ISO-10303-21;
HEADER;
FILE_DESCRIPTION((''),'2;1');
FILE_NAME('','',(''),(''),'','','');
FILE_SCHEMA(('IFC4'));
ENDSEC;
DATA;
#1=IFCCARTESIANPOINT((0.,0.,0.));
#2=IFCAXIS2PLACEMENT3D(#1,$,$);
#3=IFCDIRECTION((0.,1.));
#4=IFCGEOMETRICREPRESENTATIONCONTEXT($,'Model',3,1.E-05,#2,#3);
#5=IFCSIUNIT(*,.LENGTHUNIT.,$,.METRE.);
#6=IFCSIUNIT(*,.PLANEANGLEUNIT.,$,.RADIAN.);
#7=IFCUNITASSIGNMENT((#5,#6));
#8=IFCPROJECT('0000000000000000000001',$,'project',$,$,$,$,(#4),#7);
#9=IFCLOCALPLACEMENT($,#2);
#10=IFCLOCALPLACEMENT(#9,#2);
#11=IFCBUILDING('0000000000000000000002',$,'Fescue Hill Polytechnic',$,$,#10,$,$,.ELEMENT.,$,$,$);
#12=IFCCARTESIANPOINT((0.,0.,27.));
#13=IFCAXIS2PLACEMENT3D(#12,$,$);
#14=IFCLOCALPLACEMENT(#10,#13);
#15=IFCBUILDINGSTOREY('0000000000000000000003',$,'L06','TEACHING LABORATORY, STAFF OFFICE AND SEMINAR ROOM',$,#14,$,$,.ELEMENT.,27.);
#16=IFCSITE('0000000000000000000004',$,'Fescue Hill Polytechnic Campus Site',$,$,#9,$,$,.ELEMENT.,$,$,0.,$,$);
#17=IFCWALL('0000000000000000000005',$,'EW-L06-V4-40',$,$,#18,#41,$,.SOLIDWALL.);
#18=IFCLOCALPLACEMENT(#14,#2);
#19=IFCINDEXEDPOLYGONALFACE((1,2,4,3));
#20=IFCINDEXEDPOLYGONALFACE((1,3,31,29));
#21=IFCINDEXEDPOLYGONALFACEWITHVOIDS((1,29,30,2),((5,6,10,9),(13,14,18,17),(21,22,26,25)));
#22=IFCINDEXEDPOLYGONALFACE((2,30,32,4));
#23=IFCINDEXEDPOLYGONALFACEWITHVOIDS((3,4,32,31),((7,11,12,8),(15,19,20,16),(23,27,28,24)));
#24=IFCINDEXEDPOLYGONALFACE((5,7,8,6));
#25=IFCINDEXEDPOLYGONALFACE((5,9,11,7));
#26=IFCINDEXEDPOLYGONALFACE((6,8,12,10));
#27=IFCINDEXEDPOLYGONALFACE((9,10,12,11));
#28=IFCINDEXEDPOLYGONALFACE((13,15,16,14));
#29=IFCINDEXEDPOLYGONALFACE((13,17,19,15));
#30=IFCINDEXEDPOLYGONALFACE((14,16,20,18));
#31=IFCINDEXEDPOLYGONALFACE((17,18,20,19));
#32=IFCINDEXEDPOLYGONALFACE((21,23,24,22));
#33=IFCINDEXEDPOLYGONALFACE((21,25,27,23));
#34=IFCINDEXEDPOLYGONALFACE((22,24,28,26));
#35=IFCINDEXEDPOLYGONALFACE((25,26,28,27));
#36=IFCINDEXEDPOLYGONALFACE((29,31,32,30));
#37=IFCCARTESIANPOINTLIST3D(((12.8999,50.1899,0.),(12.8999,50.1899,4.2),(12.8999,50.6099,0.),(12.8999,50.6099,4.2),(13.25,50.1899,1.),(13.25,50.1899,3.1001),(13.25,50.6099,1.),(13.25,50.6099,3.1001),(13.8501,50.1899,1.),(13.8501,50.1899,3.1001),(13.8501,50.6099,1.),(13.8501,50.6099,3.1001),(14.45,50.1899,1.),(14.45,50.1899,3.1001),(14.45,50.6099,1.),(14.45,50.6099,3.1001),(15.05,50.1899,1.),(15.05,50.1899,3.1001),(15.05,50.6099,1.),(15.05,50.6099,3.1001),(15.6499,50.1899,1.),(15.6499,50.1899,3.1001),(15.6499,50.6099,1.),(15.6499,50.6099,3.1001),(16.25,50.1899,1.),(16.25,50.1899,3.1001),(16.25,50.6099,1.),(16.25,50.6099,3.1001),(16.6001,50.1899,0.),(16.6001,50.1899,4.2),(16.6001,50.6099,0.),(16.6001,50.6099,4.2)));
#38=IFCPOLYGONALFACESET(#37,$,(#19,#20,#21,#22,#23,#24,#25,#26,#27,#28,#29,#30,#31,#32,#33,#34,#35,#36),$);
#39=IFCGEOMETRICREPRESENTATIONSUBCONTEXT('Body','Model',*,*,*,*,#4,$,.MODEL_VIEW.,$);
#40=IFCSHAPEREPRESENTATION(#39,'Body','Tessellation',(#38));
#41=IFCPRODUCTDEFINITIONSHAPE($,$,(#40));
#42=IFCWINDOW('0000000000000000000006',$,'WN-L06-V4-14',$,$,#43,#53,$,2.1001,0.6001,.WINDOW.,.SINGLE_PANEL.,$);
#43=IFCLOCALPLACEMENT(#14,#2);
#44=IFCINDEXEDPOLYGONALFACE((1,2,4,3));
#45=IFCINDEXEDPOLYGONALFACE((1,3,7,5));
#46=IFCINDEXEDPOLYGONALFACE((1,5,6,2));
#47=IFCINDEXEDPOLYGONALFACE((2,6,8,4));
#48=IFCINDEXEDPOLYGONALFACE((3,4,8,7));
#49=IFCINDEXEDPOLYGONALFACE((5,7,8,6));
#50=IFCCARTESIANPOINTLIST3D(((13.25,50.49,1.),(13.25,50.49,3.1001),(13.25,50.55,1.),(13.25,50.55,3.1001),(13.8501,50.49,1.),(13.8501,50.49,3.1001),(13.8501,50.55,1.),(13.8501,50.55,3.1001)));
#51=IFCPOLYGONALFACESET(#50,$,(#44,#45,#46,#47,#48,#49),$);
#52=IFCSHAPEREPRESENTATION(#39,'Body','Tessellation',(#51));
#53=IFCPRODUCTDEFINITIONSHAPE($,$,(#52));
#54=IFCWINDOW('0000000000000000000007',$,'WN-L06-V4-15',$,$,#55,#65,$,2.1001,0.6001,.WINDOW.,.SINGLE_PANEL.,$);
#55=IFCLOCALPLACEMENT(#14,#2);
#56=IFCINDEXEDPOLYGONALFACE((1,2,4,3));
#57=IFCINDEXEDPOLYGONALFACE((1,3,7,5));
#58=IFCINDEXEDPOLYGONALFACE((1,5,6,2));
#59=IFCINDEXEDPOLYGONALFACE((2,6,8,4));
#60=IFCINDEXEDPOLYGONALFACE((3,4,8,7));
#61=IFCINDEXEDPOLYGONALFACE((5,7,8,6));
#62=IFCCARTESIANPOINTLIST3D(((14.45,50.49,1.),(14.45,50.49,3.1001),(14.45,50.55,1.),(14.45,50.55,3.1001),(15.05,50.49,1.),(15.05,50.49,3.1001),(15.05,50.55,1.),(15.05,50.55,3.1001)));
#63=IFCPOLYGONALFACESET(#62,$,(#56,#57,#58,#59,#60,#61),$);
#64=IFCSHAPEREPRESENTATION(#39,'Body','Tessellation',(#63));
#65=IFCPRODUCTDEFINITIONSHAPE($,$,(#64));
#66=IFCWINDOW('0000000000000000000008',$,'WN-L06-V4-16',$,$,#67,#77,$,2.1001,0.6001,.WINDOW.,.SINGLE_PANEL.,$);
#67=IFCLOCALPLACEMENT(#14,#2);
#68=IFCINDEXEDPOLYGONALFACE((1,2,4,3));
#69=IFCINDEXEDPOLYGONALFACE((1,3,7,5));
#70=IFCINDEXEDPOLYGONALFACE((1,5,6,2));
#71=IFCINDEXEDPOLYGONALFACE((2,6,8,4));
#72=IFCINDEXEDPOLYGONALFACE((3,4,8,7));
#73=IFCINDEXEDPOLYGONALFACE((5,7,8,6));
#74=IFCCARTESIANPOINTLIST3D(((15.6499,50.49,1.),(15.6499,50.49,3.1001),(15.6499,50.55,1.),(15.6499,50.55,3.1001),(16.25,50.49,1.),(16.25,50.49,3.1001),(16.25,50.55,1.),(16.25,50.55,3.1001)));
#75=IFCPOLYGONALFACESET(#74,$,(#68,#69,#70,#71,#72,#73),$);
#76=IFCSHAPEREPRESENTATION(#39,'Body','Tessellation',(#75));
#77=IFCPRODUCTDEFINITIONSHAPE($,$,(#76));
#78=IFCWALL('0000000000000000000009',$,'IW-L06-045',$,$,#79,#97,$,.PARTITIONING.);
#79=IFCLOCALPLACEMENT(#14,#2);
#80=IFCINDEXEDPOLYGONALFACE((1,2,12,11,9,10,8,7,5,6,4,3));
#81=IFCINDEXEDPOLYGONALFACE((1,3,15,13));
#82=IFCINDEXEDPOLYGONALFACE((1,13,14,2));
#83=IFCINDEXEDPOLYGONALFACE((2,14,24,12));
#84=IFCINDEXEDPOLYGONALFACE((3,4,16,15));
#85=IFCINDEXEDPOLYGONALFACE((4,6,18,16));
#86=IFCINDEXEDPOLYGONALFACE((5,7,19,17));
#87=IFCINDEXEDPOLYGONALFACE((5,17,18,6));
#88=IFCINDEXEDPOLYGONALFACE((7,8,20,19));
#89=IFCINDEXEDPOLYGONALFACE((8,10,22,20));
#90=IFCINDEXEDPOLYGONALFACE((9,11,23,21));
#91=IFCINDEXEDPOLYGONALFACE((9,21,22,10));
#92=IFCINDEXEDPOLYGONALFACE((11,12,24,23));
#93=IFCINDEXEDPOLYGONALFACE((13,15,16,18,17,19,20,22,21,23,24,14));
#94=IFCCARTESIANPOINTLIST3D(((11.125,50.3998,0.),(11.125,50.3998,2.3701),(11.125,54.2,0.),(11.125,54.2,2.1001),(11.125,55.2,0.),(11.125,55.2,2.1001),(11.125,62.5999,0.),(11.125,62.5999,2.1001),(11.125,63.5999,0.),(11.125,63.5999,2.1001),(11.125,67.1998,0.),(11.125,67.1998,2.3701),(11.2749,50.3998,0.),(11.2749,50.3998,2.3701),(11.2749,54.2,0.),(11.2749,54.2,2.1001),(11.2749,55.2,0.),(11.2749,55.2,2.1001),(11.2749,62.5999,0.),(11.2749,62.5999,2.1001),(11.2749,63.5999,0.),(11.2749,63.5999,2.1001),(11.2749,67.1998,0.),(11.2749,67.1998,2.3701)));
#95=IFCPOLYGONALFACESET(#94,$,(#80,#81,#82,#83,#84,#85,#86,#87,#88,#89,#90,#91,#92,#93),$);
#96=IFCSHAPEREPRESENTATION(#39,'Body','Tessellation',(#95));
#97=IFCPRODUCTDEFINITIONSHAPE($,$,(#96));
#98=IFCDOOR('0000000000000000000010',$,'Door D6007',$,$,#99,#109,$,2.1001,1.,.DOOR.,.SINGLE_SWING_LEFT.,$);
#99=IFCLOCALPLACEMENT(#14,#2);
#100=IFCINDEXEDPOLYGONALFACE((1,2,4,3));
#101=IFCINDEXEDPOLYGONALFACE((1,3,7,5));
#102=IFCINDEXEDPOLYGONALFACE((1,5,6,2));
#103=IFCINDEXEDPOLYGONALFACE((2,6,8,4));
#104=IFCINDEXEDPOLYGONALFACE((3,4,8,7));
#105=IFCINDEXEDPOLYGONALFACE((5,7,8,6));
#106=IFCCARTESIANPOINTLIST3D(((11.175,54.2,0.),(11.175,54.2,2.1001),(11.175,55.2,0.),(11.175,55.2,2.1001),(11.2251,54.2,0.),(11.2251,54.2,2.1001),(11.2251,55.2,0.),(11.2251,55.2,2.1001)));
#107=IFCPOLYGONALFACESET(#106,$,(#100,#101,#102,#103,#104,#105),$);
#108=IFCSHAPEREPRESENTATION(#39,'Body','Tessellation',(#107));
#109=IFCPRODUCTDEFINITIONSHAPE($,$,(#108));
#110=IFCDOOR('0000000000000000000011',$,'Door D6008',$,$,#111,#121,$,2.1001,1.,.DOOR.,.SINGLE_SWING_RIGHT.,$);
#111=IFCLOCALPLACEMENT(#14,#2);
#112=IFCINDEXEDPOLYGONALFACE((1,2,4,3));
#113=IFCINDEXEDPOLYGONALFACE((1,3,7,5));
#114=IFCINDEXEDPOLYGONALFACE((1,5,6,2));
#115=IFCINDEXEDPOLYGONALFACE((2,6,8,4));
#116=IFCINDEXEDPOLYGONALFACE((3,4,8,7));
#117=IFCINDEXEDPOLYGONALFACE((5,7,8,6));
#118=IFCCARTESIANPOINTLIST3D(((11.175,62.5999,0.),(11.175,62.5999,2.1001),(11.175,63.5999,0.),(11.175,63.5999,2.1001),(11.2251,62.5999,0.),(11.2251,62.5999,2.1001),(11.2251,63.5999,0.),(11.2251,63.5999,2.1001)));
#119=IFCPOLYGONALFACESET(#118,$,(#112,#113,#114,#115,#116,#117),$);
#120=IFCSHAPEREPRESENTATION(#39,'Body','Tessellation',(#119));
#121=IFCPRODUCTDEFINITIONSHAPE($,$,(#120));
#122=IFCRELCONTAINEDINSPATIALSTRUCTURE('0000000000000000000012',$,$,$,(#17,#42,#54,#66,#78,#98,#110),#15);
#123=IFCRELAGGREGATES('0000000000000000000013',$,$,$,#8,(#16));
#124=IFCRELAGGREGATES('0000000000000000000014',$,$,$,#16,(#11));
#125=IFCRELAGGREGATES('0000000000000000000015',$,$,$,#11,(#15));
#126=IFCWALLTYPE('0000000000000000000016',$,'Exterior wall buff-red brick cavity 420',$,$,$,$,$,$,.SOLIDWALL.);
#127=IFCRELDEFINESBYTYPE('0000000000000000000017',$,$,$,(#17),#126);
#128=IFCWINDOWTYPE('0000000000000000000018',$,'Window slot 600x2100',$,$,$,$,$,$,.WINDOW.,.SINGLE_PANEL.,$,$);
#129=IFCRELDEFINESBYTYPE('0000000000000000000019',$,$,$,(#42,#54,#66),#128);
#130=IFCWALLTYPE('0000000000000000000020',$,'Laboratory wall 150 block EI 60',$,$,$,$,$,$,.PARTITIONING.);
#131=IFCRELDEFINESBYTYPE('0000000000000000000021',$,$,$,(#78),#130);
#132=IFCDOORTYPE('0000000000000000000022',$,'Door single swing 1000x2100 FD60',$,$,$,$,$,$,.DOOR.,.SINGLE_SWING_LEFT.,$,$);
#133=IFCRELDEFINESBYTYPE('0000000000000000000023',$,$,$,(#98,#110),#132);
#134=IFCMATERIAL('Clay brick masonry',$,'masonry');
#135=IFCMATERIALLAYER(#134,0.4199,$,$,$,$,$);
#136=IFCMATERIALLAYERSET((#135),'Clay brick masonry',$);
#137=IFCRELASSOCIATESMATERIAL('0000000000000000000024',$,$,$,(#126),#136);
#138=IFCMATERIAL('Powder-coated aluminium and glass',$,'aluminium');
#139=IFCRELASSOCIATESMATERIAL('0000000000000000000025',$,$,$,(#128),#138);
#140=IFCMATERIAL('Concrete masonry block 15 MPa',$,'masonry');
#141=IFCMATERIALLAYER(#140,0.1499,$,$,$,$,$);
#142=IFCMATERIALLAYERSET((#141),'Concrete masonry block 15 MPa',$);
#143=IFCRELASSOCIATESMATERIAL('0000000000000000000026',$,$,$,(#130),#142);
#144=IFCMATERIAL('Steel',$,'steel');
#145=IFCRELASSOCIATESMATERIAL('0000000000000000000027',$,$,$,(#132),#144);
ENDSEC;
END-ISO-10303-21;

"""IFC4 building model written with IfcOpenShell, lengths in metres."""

from ifc_helpers import new_model, si_unit, direction, frame, frame_2d, origin, place, context, subcontext, project, spatial, rectangle, extrude, material, layer, layer_set, type_object, element, fill, save


model = new_model("IFC4")

# Units and contexts
model_context = context("Model", 3, precision=1e-05, world=origin(), true_north=direction((0.0, 1.0)))
body_context = subcontext(model_context, "Body", "Model", "MODEL_VIEW")
ifc_project = project(units=[si_unit("LENGTHUNIT", "METRE"), si_unit("PLANEANGLEUNIT", "RADIAN")], contexts=[model_context])

# Site, building, storey
site_placement = place(None, origin())
site = spatial("IfcSite", under=ifc_project, at=site_placement, Name="Fescue Hill Polytechnic Campus Site", CompositionType="ELEMENT", RefElevation=0.0)
building_placement = place(site_placement, origin())
building = spatial("IfcBuilding", under=site, at=building_placement, Name="Fescue Hill Polytechnic", CompositionType="ELEMENT")
storey_placement = place(building_placement, frame((0.0, 0.0, 27.0)))
storey = spatial("IfcBuildingStorey", under=building, at=storey_placement, Name="L06", Description="TEACHING LABORATORY, STAFF OFFICE AND SEMINAR ROOM", CompositionType="ELEMENT", Elevation=27.0)

# Shared definitions
ifc_material_1 = material(Name="Clay brick masonry", Category="masonry")

# Wall, openings, windows
ifc_layer_1 = layer(ifc_material_1, 0.4199)
ifc_layer_set_1 = layer_set([ifc_layer_1], Name="Clay brick masonry")
wall_type_1 = type_object("IfcWallType", Name="Exterior wall buff-red brick cavity 420", PredefinedType="SOLIDWALL", material=ifc_layer_set_1)
wall_1_placement = place(storey_placement, frame((12.8999, 50.3999, 0.0), z_axis=(0.0, 0.0, 1.0), x_axis=(1.0, 0.0, 0.0)))
wall_1 = element("IfcWall", 1, at=wall_1_placement, inside=storey, type_object=wall_type_1, Name="EW-L06-V4-40", PredefinedType="SOLIDWALL", context=body_context, shape_type="SweptSolid", body=[
    extrude(rectangle(XDim=3.7002, YDim=0.4199, at=frame_2d((1.8501, 0.0))), origin(), (0.0, 0.0, 1.0), 4.2),
])
opening_1_placement = place(wall_1_placement, frame((0.3501, 0.0, 1.0)))
opening_1 = element("IfcOpeningElement", 2, at=opening_1_placement, cuts=wall_1, PredefinedType="OPENING", context=body_context, shape_type="SweptSolid", body=[
    extrude(rectangle(XDim=0.6001, YDim=2.1001, at=frame_2d((0.3, 1.05))), frame((0.0, 0.22, 0.0), z_axis=(0.0, -1.0, 0.0), x_axis=(1.0, 0.0, 0.0)), (0.0, 0.0, 1.0), 0.4399),
])
opening_2_placement = place(wall_1_placement, frame((1.55, 0.0, 1.0)))
opening_2 = element("IfcOpeningElement", 3, at=opening_2_placement, cuts=wall_1, PredefinedType="OPENING", context=body_context, shape_type="SweptSolid", body=[
    extrude(rectangle(XDim=0.6001, YDim=2.1001, at=frame_2d((0.3, 1.05))), frame((0.0, 0.22, 0.0), z_axis=(0.0, -1.0, 0.0), x_axis=(1.0, 0.0, 0.0)), (0.0, 0.0, 1.0), 0.4399),
])
opening_3_placement = place(wall_1_placement, frame((2.75, 0.0, 1.0)))
opening_3 = element("IfcOpeningElement", 4, at=opening_3_placement, cuts=wall_1, PredefinedType="OPENING", context=body_context, shape_type="SweptSolid", body=[
    extrude(rectangle(XDim=0.6001, YDim=2.1001, at=frame_2d((0.3, 1.05))), frame((0.0, 0.22, 0.0), z_axis=(0.0, -1.0, 0.0), x_axis=(1.0, 0.0, 0.0)), (0.0, 0.0, 1.0), 0.4399),
])
ifc_material_2 = material(Name="Powder-coated aluminium and glass", Category="aluminium")
window_type = type_object("IfcWindowType", Name="Window slot 600x2100", PartitioningType="SINGLE_PANEL", PredefinedType="WINDOW", material=ifc_material_2)
window_1_placement = place(opening_1_placement, origin())
window_1 = element("IfcWindow", 5, at=window_1_placement, inside=storey, type_object=window_type, Name="WN-L06-V4-14", OverallHeight=2.1001, OverallWidth=0.6001, PartitioningType="SINGLE_PANEL", PredefinedType="WINDOW", context=body_context, shape_type="SweptSolid", body=[
    extrude(rectangle(XDim=0.6001, YDim=2.1001, at=frame_2d((0.3, 1.05))), frame((0.0, 0.1501, 0.0), z_axis=(0.0, -1.0, 0.0), x_axis=(1.0, 0.0, 0.0)), (0.0, 0.0, 1.0), 0.0601),
])
fill(opening_1, window_1)
window_2_placement = place(opening_2_placement, origin())
window_2 = element("IfcWindow", 6, at=window_2_placement, inside=storey, type_object=window_type, Name="WN-L06-V4-15", OverallHeight=2.1001, OverallWidth=0.6001, PartitioningType="SINGLE_PANEL", PredefinedType="WINDOW", context=body_context, shape_type="SweptSolid", body=[
    extrude(rectangle(XDim=0.6001, YDim=2.1001, at=frame_2d((0.3, 1.05))), frame((0.0, 0.1501, 0.0), z_axis=(0.0, -1.0, 0.0), x_axis=(1.0, 0.0, 0.0)), (0.0, 0.0, 1.0), 0.0601),
])
fill(opening_2, window_2)
window_3_placement = place(opening_3_placement, origin())
window_3 = element("IfcWindow", 7, at=window_3_placement, inside=storey, type_object=window_type, Name="WN-L06-V4-16", OverallHeight=2.1001, OverallWidth=0.6001, PartitioningType="SINGLE_PANEL", PredefinedType="WINDOW", context=body_context, shape_type="SweptSolid", body=[
    extrude(rectangle(XDim=0.6001, YDim=2.1001, at=frame_2d((0.3, 1.05))), frame((0.0, 0.1501, 0.0), z_axis=(0.0, -1.0, 0.0), x_axis=(1.0, 0.0, 0.0)), (0.0, 0.0, 1.0), 0.0601),
])
fill(opening_3, window_3)

# Wall, openings, doors
ifc_material_3 = material(Name="Concrete masonry block 15 MPa", Category="masonry")
ifc_layer_2 = layer(ifc_material_3, 0.1499)
ifc_layer_set_2 = layer_set([ifc_layer_2], Name="Concrete masonry block 15 MPa")
wall_type_2 = type_object("IfcWallType", Name="Laboratory wall 150 block EI 60", PredefinedType="PARTITIONING", material=ifc_layer_set_2)
wall_2_placement = place(storey_placement, frame((11.2, 50.3999, 0.0), z_axis=(0.0, 0.0, 1.0), x_axis=(0.0, 1.0, 0.0)))
wall_2 = element("IfcWall", 8, at=wall_2_placement, inside=storey, type_object=wall_type_2, Name="IW-L06-045", PredefinedType="PARTITIONING", context=body_context, shape_type="SweptSolid", body=[
    extrude(rectangle(XDim=16.8, YDim=0.1499, at=frame_2d((8.3999, 0.0))), origin(), (0.0, 0.0, 1.0), 2.3701),
])
opening_4_placement = place(wall_2_placement, frame((3.8, 0.0, 0.0)))
opening_4 = element("IfcOpeningElement", 9, at=opening_4_placement, cuts=wall_2, PredefinedType="OPENING", context=body_context, shape_type="SweptSolid", body=[
    extrude(rectangle(XDim=1.0, YDim=2.1001, at=frame_2d((0.5, 1.05))), frame((0.0, 0.085, 0.0), z_axis=(0.0, -1.0, 0.0), x_axis=(1.0, 0.0, 0.0)), (0.0, 0.0, 1.0), 0.1699),
])
opening_5_placement = place(wall_2_placement, frame((12.2, 0.0, 0.0)))
opening_5 = element("IfcOpeningElement", 10, at=opening_5_placement, cuts=wall_2, PredefinedType="OPENING", context=body_context, shape_type="SweptSolid", body=[
    extrude(rectangle(XDim=1.0, YDim=2.1001, at=frame_2d((0.5, 1.05))), frame((0.0, 0.085, 0.0), z_axis=(0.0, -1.0, 0.0), x_axis=(1.0, 0.0, 0.0)), (0.0, 0.0, 1.0), 0.1699),
])
ifc_material_4 = material(Name="Steel", Category="steel")
door_type = type_object("IfcDoorType", Name="Door single swing 1000x2100 FD60", OperationType="SINGLE_SWING_LEFT", PredefinedType="DOOR", material=ifc_material_4)
door_1_placement = place(opening_4_placement, origin())
door_1 = element("IfcDoor", 11, at=door_1_placement, inside=storey, type_object=door_type, Name="Door D6007", OperationType="SINGLE_SWING_LEFT", OverallHeight=2.1001, OverallWidth=1.0, PredefinedType="DOOR", context=body_context, shape_type="SweptSolid", body=[
    extrude(rectangle(XDim=1.0, YDim=2.1001, at=frame_2d((0.5, 1.05))), frame((0.0, 0.0249, 0.0), z_axis=(0.0, -1.0, 0.0), x_axis=(1.0, 0.0, 0.0)), (0.0, 0.0, 1.0), 0.05),
])
fill(opening_4, door_1)
door_2_placement = place(opening_5_placement, origin())
door_2 = element("IfcDoor", 12, at=door_2_placement, inside=storey, type_object=door_type, Name="Door D6008", OperationType="SINGLE_SWING_RIGHT", OverallHeight=2.1001, OverallWidth=1.0, PredefinedType="DOOR", context=body_context, shape_type="SweptSolid", body=[
    extrude(rectangle(XDim=1.0, YDim=2.1001, at=frame_2d((0.5, 1.05))), frame((0.0, 0.0249, 0.0), z_axis=(0.0, -1.0, 0.0), x_axis=(1.0, 0.0, 0.0)), (0.0, 0.0, 1.0), 0.05),
])
fill(opening_5, door_2)

save(model, "model.ifc")
